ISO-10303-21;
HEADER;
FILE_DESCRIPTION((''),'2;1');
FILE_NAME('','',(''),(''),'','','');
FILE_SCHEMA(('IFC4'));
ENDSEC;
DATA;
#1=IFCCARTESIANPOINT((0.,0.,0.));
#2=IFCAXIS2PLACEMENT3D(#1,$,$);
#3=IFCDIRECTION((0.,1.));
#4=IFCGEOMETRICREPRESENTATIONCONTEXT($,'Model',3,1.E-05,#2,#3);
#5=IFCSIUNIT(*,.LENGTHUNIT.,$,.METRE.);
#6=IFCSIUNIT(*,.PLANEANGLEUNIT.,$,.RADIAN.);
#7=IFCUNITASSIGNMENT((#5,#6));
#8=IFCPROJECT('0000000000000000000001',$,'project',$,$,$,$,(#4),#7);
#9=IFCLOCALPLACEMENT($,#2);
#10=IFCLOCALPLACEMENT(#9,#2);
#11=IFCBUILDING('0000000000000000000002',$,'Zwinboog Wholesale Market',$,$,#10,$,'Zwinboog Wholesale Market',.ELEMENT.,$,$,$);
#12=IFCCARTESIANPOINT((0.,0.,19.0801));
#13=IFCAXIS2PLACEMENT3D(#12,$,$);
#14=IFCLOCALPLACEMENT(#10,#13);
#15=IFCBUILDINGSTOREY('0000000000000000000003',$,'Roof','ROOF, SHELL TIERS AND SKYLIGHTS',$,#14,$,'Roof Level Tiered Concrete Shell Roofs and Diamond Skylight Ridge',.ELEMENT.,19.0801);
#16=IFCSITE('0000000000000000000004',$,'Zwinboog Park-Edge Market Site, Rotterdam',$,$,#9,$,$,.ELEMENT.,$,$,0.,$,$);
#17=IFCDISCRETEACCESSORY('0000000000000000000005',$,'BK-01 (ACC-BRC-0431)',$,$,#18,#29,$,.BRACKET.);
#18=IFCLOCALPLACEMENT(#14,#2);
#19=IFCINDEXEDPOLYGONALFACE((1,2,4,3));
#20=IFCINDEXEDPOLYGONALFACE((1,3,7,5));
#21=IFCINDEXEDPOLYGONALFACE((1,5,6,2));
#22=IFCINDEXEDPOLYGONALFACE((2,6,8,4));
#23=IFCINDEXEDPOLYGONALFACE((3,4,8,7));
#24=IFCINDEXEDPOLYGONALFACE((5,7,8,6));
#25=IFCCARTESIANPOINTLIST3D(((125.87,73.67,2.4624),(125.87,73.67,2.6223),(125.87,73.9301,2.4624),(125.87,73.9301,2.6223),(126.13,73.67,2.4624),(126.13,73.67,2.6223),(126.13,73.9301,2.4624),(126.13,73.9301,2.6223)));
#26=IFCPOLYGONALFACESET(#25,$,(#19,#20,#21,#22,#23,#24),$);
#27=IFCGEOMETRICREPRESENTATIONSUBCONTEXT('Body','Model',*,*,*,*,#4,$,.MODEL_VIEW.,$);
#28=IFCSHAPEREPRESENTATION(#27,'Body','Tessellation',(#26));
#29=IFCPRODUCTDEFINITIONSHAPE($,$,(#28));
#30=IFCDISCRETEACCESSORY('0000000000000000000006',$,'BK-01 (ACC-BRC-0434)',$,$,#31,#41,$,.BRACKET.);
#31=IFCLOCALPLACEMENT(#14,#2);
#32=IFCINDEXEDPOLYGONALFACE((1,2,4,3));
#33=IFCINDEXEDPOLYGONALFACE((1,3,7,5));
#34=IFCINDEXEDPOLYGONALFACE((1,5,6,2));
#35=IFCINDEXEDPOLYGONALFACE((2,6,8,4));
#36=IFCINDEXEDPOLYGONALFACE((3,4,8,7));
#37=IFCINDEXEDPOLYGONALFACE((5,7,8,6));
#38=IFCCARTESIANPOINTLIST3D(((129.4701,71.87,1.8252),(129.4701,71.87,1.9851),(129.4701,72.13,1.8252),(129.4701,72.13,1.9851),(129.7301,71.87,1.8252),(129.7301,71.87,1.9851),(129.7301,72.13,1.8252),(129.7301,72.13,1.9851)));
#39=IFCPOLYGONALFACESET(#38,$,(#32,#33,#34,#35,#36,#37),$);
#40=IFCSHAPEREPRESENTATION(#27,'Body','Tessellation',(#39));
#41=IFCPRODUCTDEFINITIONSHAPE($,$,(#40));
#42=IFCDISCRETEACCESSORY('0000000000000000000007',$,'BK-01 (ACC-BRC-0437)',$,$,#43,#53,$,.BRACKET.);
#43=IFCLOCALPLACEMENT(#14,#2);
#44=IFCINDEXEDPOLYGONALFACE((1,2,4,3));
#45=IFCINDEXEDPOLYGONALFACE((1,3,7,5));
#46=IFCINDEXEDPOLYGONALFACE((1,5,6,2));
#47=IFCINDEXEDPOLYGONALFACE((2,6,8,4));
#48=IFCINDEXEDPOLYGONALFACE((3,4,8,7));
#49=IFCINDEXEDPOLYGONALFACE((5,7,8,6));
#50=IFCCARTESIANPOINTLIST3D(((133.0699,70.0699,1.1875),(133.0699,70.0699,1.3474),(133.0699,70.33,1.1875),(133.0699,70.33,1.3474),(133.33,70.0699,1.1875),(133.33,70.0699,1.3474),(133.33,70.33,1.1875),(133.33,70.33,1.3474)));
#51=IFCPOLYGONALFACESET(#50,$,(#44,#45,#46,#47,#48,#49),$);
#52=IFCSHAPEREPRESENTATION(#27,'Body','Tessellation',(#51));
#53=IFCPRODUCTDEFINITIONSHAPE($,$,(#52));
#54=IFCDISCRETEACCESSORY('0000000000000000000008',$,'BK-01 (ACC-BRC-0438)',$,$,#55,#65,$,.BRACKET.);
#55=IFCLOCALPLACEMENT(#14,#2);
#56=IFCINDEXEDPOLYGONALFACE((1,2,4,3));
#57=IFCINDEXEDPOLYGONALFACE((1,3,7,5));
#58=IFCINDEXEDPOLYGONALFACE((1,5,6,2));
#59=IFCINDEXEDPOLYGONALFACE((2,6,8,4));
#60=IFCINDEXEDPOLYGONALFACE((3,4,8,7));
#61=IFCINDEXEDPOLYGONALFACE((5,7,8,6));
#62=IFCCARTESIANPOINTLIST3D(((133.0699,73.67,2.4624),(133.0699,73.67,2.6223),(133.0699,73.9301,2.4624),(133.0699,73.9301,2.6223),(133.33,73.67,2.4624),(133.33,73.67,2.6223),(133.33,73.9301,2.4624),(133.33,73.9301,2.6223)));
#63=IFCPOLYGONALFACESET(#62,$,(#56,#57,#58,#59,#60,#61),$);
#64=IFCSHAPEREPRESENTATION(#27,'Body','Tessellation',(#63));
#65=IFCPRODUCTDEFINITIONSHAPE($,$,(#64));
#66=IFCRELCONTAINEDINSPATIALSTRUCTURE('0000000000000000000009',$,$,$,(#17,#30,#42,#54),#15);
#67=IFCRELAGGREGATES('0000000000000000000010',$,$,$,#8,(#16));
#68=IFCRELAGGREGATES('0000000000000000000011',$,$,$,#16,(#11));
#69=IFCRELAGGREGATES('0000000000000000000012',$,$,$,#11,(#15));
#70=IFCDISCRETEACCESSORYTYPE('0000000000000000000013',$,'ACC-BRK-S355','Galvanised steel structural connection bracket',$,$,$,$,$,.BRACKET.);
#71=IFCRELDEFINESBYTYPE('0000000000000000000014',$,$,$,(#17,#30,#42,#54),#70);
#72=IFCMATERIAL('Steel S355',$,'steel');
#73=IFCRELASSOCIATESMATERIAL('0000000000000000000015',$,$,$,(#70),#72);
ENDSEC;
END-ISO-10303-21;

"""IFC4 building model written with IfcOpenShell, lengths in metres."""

from ifc_helpers import new_model, si_unit, direction, frame, origin, origin_2d, place, context, subcontext, project, spatial, rectangle, extrude, material, type_object, element, save


model = new_model("IFC4")

# Units and contexts
model_context = context("Model", 3, precision=1e-05, world=origin(), true_north=direction((0.0, 1.0)))
body_context = subcontext(model_context, "Body", "Model", "MODEL_VIEW")
ifc_project = project(units=[si_unit("LENGTHUNIT", "METRE"), si_unit("PLANEANGLEUNIT", "RADIAN")], contexts=[model_context])

# Site, building, storey
site_placement = place(None, origin())
site = spatial("IfcSite", under=ifc_project, at=site_placement, Name="Zwinboog Park-Edge Market Site, Rotterdam", CompositionType="ELEMENT", RefElevation=0.0)
building_placement = place(site_placement, origin())
building = spatial("IfcBuilding", under=site, at=building_placement, Name="Zwinboog Wholesale Market", LongName="Zwinboog Wholesale Market", CompositionType="ELEMENT")
storey_placement = place(building_placement, frame((0.0, 0.0, 19.0801)))
storey = spatial("IfcBuildingStorey", under=building, at=storey_placement, Name="Roof", Description="ROOF, SHELL TIERS AND SKYLIGHTS", LongName="Roof Level Tiered Concrete Shell Roofs and Diamond Skylight Ridge", CompositionType="ELEMENT", Elevation=19.0801)

# Shared definitions
ifc_material_1 = material(Name="Steel S355", Category="steel")

# Discrete accessories
discrete_accessory_type = type_object("IfcDiscreteAccessoryType", Name="ACC-BRK-S355", Description="Galvanised steel structural connection bracket", PredefinedType="BRACKET", material=ifc_material_1)
for number, where, z_axis, x_axis, name in (
    (1, (126.0, 73.8, 2.4624), (0.0, 0.0, 1.0), (1.0, 0.0, 0.0), "BK-01 (ACC-BRC-0431)"),
    (2, (129.6001, 72.0, 1.8252), (0.0, 0.0, 1.0), (1.0, 0.0, 0.0), "BK-01 (ACC-BRC-0434)"),
    (3, (133.2, 70.2, 1.1875), (0.0, 0.0, 1.0), (1.0, 0.0, 0.0), "BK-01 (ACC-BRC-0437)"),
    (4, (133.2, 73.8, 2.4624), (0.0, 0.0, 1.0), (1.0, 0.0, 0.0), "BK-01 (ACC-BRC-0438)"),
):
    element("IfcDiscreteAccessory", number, at=place(storey_placement, frame(where, z_axis=z_axis, x_axis=x_axis)), inside=storey, type_object=discrete_accessory_type, Name=name, PredefinedType="BRACKET", context=body_context, shape_type="SweptSolid", body=[
        extrude(rectangle(XDim=0.26, YDim=0.26, at=origin_2d()), origin(), (0.0, 0.0, 1.0), 0.1599),
    ])

save(model, "model.ifc")
